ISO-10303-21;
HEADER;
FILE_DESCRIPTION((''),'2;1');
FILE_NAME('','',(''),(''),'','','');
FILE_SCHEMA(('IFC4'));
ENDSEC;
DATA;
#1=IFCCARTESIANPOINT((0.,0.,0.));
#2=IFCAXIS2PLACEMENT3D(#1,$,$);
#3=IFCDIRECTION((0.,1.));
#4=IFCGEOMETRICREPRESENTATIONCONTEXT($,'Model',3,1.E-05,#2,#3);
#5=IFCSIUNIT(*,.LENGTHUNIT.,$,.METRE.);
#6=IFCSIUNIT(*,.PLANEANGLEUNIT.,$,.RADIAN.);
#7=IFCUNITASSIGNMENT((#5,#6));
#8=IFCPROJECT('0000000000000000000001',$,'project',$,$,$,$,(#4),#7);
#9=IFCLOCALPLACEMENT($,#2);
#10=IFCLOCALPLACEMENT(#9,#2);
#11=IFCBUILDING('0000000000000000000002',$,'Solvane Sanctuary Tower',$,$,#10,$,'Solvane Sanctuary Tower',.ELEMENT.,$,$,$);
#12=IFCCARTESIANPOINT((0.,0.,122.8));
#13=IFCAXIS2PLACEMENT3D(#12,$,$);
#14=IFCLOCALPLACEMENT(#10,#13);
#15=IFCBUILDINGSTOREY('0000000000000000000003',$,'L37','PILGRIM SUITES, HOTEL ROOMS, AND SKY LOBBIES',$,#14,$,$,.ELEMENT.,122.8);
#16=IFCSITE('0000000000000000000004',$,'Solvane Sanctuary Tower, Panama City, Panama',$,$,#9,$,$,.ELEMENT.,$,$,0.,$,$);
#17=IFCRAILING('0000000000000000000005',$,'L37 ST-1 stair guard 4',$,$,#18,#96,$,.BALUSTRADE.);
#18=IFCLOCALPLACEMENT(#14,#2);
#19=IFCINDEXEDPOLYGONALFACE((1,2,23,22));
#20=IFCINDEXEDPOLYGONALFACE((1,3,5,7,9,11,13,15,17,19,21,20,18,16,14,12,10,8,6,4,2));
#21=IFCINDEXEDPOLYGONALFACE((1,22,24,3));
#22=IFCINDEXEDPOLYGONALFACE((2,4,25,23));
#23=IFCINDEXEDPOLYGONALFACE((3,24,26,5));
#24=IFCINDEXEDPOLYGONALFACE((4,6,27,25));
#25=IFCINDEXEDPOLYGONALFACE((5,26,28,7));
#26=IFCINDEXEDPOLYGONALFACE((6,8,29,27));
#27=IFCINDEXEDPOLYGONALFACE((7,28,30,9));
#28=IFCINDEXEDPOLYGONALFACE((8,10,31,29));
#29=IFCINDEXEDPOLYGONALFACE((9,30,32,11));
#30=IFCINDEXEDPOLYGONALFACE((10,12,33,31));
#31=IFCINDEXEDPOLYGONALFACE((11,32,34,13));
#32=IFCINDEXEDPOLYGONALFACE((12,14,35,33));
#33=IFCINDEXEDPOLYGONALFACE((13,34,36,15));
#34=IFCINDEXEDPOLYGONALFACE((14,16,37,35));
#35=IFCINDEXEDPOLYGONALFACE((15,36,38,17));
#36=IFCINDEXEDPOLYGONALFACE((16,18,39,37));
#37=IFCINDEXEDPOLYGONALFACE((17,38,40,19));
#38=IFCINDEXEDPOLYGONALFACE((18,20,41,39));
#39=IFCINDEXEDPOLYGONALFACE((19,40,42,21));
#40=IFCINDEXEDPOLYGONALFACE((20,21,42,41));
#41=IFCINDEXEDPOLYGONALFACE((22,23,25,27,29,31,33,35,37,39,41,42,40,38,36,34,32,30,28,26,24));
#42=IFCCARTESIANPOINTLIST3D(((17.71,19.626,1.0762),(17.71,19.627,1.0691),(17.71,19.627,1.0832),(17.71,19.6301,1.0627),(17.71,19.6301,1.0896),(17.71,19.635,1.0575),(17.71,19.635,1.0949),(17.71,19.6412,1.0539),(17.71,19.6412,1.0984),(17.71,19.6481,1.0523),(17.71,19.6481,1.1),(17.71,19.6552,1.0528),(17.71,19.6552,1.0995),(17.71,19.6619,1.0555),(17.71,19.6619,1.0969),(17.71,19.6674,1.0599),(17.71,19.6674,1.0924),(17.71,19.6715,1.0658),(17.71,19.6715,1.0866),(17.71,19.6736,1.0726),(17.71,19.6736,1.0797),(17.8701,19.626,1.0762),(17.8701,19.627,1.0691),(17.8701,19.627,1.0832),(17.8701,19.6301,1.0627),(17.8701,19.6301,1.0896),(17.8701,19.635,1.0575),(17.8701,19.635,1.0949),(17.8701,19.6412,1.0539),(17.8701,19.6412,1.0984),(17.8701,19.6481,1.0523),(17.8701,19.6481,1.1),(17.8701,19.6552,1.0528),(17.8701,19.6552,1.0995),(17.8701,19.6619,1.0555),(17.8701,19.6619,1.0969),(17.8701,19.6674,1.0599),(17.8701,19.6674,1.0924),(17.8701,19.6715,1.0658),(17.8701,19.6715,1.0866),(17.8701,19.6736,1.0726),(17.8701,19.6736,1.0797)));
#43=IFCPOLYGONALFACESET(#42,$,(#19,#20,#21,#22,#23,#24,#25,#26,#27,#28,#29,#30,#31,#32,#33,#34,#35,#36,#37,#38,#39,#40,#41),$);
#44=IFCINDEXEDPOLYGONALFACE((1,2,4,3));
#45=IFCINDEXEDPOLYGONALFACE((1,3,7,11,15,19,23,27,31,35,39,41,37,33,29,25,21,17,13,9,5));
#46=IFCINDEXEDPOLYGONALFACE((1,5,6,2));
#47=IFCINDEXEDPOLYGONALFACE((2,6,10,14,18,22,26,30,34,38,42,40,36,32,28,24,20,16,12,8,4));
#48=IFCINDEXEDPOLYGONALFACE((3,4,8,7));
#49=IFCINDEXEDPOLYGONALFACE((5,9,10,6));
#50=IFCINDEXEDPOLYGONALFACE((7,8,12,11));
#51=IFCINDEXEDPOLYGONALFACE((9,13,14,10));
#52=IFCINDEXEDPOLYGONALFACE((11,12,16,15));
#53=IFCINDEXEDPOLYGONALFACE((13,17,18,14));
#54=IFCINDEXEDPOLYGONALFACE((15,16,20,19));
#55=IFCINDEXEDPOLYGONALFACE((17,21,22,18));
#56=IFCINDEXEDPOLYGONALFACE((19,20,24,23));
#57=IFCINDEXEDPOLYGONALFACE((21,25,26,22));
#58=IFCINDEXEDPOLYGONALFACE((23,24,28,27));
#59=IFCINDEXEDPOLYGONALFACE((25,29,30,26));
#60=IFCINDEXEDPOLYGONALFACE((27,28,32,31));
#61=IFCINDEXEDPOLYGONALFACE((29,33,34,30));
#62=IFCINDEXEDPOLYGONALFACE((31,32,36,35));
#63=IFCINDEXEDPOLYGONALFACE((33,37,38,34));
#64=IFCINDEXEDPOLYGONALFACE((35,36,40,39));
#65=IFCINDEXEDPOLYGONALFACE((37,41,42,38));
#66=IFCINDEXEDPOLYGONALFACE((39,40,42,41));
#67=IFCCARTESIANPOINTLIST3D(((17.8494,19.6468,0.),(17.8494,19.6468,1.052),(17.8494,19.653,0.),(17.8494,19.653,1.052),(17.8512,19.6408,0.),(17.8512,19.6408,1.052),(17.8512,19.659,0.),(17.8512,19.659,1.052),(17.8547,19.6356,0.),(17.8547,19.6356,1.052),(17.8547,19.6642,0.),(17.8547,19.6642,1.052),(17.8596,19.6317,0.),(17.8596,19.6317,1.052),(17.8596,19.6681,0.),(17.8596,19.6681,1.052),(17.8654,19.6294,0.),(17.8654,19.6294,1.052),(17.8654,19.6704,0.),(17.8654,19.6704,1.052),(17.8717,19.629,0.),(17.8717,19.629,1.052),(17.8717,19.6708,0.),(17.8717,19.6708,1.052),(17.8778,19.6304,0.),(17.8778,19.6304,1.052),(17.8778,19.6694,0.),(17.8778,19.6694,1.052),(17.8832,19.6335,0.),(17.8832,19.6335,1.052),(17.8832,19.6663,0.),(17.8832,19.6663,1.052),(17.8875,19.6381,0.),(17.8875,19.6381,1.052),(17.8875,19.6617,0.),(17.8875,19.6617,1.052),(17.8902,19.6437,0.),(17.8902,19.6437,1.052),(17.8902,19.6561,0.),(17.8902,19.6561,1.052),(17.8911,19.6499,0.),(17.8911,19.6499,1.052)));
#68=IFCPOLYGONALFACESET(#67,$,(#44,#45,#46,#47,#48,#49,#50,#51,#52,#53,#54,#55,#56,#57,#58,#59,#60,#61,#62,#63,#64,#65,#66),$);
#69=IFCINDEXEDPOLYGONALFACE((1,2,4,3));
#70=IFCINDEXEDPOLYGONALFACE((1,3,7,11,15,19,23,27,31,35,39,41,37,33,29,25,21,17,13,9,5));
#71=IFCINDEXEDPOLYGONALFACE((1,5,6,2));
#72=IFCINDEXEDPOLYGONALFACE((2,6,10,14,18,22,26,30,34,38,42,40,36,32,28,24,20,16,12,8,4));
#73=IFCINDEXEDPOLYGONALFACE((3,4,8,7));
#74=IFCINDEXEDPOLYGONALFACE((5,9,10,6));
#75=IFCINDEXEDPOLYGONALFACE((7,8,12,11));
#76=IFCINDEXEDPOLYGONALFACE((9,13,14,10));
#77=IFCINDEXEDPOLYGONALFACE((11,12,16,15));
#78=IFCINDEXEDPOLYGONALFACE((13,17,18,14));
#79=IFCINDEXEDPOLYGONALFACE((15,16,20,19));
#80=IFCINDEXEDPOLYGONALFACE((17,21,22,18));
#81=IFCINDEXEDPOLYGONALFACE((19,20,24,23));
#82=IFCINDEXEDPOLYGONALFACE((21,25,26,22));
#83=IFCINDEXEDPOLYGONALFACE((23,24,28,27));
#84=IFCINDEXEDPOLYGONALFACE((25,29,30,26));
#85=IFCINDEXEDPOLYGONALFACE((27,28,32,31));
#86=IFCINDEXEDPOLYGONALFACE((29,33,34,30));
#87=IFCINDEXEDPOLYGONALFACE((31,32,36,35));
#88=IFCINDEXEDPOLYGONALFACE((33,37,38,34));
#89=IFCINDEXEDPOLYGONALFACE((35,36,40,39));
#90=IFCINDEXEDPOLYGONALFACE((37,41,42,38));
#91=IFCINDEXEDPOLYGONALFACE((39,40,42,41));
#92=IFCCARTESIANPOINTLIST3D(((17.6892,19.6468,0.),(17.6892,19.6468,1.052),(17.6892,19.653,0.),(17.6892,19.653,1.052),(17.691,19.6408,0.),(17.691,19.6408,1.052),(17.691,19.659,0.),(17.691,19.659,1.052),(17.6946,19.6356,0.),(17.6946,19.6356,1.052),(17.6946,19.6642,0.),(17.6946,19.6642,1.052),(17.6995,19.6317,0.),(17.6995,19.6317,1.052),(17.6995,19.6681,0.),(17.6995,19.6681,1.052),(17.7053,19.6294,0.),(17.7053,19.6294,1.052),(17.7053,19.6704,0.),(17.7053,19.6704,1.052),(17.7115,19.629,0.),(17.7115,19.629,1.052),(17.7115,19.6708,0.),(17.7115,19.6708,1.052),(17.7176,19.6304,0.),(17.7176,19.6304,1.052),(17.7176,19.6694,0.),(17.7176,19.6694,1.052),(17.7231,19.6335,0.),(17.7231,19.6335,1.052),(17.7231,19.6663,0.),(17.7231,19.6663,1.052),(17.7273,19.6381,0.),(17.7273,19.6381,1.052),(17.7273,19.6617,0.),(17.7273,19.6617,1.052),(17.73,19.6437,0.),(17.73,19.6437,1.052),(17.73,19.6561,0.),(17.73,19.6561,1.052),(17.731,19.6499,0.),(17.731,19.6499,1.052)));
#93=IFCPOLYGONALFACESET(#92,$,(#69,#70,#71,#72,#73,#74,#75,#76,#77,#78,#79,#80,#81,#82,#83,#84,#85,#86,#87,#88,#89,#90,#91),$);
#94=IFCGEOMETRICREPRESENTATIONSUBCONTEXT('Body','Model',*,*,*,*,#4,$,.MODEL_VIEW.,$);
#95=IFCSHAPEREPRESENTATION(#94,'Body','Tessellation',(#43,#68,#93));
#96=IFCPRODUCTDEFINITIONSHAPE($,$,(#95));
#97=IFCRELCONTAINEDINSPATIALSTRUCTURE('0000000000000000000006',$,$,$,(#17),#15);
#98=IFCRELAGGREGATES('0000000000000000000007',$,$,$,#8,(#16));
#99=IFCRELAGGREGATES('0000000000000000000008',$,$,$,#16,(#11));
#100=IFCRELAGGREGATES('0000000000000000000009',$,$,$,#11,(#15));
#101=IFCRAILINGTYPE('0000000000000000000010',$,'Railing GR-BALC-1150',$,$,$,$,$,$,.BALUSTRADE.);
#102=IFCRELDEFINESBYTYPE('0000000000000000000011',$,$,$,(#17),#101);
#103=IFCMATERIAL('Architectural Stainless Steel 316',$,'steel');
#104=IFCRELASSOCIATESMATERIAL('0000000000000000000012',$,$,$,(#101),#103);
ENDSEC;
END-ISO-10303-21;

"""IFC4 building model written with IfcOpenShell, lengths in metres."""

from ifc_helpers import new_model, si_unit, direction, frame, origin, origin_2d, place, context, subcontext, project, spatial, circle, extrude, material, type_object, element, save


model = new_model("IFC4")

# Units and contexts
model_context = context("Model", 3, precision=1e-05, world=origin(), true_north=direction((0.0, 1.0)))
body_context = subcontext(model_context, "Body", "Model", "MODEL_VIEW")
ifc_project = project(units=[si_unit("LENGTHUNIT", "METRE"), si_unit("PLANEANGLEUNIT", "RADIAN")], contexts=[model_context])

# Site, building, storey
site_placement = place(None, origin())
site = spatial("IfcSite", under=ifc_project, at=site_placement, Name="Solvane Sanctuary Tower, Panama City, Panama", CompositionType="ELEMENT", RefElevation=0.0)
building_placement = place(site_placement, origin())
building = spatial("IfcBuilding", under=site, at=building_placement, Name="Solvane Sanctuary Tower", LongName="Solvane Sanctuary Tower", CompositionType="ELEMENT")
storey_placement = place(building_placement, frame((0.0, 0.0, 122.8)))
storey = spatial("IfcBuildingStorey", under=building, at=storey_placement, Name="L37", Description="PILGRIM SUITES, HOTEL ROOMS, AND SKY LOBBIES", CompositionType="ELEMENT", Elevation=122.8)

# Shared definitions
ifc_material_1 = material(Name="Architectural Stainless Steel 316", Category="steel")

# Railing
railing_type_1 = type_object("IfcRailingType", Name="Railing GR-BALC-1150", PredefinedType="BALUSTRADE", material=ifc_material_1)
railing_1_placement = place(storey_placement, frame((17.8701, 19.6499, 0.0)))
element("IfcRailing", 1, at=railing_1_placement, inside=storey, type_object=railing_type_1, Name="L37 ST-1 stair guard 4", PredefinedType="BALUSTRADE", context=body_context, shape_type="SweptSolid", body=[
    extrude(circle(Radius=0.0239, at=origin_2d()), frame((0.0, 0.0, 1.0762), z_axis=(-1.0, 0.0, 0.0), x_axis=(0.0, -1.0, 0.0)), (0.0, 0.0, 1.0), 0.1602),
    extrude(circle(Radius=0.021, at=origin_2d()), origin(), (0.0, 0.0, 1.0), 1.052),
    extrude(circle(Radius=0.021, at=origin_2d()), frame((-0.1602, 0.0, 0.0)), (0.0, 0.0, 1.0), 1.052),
])

save(model, "model.ifc")
